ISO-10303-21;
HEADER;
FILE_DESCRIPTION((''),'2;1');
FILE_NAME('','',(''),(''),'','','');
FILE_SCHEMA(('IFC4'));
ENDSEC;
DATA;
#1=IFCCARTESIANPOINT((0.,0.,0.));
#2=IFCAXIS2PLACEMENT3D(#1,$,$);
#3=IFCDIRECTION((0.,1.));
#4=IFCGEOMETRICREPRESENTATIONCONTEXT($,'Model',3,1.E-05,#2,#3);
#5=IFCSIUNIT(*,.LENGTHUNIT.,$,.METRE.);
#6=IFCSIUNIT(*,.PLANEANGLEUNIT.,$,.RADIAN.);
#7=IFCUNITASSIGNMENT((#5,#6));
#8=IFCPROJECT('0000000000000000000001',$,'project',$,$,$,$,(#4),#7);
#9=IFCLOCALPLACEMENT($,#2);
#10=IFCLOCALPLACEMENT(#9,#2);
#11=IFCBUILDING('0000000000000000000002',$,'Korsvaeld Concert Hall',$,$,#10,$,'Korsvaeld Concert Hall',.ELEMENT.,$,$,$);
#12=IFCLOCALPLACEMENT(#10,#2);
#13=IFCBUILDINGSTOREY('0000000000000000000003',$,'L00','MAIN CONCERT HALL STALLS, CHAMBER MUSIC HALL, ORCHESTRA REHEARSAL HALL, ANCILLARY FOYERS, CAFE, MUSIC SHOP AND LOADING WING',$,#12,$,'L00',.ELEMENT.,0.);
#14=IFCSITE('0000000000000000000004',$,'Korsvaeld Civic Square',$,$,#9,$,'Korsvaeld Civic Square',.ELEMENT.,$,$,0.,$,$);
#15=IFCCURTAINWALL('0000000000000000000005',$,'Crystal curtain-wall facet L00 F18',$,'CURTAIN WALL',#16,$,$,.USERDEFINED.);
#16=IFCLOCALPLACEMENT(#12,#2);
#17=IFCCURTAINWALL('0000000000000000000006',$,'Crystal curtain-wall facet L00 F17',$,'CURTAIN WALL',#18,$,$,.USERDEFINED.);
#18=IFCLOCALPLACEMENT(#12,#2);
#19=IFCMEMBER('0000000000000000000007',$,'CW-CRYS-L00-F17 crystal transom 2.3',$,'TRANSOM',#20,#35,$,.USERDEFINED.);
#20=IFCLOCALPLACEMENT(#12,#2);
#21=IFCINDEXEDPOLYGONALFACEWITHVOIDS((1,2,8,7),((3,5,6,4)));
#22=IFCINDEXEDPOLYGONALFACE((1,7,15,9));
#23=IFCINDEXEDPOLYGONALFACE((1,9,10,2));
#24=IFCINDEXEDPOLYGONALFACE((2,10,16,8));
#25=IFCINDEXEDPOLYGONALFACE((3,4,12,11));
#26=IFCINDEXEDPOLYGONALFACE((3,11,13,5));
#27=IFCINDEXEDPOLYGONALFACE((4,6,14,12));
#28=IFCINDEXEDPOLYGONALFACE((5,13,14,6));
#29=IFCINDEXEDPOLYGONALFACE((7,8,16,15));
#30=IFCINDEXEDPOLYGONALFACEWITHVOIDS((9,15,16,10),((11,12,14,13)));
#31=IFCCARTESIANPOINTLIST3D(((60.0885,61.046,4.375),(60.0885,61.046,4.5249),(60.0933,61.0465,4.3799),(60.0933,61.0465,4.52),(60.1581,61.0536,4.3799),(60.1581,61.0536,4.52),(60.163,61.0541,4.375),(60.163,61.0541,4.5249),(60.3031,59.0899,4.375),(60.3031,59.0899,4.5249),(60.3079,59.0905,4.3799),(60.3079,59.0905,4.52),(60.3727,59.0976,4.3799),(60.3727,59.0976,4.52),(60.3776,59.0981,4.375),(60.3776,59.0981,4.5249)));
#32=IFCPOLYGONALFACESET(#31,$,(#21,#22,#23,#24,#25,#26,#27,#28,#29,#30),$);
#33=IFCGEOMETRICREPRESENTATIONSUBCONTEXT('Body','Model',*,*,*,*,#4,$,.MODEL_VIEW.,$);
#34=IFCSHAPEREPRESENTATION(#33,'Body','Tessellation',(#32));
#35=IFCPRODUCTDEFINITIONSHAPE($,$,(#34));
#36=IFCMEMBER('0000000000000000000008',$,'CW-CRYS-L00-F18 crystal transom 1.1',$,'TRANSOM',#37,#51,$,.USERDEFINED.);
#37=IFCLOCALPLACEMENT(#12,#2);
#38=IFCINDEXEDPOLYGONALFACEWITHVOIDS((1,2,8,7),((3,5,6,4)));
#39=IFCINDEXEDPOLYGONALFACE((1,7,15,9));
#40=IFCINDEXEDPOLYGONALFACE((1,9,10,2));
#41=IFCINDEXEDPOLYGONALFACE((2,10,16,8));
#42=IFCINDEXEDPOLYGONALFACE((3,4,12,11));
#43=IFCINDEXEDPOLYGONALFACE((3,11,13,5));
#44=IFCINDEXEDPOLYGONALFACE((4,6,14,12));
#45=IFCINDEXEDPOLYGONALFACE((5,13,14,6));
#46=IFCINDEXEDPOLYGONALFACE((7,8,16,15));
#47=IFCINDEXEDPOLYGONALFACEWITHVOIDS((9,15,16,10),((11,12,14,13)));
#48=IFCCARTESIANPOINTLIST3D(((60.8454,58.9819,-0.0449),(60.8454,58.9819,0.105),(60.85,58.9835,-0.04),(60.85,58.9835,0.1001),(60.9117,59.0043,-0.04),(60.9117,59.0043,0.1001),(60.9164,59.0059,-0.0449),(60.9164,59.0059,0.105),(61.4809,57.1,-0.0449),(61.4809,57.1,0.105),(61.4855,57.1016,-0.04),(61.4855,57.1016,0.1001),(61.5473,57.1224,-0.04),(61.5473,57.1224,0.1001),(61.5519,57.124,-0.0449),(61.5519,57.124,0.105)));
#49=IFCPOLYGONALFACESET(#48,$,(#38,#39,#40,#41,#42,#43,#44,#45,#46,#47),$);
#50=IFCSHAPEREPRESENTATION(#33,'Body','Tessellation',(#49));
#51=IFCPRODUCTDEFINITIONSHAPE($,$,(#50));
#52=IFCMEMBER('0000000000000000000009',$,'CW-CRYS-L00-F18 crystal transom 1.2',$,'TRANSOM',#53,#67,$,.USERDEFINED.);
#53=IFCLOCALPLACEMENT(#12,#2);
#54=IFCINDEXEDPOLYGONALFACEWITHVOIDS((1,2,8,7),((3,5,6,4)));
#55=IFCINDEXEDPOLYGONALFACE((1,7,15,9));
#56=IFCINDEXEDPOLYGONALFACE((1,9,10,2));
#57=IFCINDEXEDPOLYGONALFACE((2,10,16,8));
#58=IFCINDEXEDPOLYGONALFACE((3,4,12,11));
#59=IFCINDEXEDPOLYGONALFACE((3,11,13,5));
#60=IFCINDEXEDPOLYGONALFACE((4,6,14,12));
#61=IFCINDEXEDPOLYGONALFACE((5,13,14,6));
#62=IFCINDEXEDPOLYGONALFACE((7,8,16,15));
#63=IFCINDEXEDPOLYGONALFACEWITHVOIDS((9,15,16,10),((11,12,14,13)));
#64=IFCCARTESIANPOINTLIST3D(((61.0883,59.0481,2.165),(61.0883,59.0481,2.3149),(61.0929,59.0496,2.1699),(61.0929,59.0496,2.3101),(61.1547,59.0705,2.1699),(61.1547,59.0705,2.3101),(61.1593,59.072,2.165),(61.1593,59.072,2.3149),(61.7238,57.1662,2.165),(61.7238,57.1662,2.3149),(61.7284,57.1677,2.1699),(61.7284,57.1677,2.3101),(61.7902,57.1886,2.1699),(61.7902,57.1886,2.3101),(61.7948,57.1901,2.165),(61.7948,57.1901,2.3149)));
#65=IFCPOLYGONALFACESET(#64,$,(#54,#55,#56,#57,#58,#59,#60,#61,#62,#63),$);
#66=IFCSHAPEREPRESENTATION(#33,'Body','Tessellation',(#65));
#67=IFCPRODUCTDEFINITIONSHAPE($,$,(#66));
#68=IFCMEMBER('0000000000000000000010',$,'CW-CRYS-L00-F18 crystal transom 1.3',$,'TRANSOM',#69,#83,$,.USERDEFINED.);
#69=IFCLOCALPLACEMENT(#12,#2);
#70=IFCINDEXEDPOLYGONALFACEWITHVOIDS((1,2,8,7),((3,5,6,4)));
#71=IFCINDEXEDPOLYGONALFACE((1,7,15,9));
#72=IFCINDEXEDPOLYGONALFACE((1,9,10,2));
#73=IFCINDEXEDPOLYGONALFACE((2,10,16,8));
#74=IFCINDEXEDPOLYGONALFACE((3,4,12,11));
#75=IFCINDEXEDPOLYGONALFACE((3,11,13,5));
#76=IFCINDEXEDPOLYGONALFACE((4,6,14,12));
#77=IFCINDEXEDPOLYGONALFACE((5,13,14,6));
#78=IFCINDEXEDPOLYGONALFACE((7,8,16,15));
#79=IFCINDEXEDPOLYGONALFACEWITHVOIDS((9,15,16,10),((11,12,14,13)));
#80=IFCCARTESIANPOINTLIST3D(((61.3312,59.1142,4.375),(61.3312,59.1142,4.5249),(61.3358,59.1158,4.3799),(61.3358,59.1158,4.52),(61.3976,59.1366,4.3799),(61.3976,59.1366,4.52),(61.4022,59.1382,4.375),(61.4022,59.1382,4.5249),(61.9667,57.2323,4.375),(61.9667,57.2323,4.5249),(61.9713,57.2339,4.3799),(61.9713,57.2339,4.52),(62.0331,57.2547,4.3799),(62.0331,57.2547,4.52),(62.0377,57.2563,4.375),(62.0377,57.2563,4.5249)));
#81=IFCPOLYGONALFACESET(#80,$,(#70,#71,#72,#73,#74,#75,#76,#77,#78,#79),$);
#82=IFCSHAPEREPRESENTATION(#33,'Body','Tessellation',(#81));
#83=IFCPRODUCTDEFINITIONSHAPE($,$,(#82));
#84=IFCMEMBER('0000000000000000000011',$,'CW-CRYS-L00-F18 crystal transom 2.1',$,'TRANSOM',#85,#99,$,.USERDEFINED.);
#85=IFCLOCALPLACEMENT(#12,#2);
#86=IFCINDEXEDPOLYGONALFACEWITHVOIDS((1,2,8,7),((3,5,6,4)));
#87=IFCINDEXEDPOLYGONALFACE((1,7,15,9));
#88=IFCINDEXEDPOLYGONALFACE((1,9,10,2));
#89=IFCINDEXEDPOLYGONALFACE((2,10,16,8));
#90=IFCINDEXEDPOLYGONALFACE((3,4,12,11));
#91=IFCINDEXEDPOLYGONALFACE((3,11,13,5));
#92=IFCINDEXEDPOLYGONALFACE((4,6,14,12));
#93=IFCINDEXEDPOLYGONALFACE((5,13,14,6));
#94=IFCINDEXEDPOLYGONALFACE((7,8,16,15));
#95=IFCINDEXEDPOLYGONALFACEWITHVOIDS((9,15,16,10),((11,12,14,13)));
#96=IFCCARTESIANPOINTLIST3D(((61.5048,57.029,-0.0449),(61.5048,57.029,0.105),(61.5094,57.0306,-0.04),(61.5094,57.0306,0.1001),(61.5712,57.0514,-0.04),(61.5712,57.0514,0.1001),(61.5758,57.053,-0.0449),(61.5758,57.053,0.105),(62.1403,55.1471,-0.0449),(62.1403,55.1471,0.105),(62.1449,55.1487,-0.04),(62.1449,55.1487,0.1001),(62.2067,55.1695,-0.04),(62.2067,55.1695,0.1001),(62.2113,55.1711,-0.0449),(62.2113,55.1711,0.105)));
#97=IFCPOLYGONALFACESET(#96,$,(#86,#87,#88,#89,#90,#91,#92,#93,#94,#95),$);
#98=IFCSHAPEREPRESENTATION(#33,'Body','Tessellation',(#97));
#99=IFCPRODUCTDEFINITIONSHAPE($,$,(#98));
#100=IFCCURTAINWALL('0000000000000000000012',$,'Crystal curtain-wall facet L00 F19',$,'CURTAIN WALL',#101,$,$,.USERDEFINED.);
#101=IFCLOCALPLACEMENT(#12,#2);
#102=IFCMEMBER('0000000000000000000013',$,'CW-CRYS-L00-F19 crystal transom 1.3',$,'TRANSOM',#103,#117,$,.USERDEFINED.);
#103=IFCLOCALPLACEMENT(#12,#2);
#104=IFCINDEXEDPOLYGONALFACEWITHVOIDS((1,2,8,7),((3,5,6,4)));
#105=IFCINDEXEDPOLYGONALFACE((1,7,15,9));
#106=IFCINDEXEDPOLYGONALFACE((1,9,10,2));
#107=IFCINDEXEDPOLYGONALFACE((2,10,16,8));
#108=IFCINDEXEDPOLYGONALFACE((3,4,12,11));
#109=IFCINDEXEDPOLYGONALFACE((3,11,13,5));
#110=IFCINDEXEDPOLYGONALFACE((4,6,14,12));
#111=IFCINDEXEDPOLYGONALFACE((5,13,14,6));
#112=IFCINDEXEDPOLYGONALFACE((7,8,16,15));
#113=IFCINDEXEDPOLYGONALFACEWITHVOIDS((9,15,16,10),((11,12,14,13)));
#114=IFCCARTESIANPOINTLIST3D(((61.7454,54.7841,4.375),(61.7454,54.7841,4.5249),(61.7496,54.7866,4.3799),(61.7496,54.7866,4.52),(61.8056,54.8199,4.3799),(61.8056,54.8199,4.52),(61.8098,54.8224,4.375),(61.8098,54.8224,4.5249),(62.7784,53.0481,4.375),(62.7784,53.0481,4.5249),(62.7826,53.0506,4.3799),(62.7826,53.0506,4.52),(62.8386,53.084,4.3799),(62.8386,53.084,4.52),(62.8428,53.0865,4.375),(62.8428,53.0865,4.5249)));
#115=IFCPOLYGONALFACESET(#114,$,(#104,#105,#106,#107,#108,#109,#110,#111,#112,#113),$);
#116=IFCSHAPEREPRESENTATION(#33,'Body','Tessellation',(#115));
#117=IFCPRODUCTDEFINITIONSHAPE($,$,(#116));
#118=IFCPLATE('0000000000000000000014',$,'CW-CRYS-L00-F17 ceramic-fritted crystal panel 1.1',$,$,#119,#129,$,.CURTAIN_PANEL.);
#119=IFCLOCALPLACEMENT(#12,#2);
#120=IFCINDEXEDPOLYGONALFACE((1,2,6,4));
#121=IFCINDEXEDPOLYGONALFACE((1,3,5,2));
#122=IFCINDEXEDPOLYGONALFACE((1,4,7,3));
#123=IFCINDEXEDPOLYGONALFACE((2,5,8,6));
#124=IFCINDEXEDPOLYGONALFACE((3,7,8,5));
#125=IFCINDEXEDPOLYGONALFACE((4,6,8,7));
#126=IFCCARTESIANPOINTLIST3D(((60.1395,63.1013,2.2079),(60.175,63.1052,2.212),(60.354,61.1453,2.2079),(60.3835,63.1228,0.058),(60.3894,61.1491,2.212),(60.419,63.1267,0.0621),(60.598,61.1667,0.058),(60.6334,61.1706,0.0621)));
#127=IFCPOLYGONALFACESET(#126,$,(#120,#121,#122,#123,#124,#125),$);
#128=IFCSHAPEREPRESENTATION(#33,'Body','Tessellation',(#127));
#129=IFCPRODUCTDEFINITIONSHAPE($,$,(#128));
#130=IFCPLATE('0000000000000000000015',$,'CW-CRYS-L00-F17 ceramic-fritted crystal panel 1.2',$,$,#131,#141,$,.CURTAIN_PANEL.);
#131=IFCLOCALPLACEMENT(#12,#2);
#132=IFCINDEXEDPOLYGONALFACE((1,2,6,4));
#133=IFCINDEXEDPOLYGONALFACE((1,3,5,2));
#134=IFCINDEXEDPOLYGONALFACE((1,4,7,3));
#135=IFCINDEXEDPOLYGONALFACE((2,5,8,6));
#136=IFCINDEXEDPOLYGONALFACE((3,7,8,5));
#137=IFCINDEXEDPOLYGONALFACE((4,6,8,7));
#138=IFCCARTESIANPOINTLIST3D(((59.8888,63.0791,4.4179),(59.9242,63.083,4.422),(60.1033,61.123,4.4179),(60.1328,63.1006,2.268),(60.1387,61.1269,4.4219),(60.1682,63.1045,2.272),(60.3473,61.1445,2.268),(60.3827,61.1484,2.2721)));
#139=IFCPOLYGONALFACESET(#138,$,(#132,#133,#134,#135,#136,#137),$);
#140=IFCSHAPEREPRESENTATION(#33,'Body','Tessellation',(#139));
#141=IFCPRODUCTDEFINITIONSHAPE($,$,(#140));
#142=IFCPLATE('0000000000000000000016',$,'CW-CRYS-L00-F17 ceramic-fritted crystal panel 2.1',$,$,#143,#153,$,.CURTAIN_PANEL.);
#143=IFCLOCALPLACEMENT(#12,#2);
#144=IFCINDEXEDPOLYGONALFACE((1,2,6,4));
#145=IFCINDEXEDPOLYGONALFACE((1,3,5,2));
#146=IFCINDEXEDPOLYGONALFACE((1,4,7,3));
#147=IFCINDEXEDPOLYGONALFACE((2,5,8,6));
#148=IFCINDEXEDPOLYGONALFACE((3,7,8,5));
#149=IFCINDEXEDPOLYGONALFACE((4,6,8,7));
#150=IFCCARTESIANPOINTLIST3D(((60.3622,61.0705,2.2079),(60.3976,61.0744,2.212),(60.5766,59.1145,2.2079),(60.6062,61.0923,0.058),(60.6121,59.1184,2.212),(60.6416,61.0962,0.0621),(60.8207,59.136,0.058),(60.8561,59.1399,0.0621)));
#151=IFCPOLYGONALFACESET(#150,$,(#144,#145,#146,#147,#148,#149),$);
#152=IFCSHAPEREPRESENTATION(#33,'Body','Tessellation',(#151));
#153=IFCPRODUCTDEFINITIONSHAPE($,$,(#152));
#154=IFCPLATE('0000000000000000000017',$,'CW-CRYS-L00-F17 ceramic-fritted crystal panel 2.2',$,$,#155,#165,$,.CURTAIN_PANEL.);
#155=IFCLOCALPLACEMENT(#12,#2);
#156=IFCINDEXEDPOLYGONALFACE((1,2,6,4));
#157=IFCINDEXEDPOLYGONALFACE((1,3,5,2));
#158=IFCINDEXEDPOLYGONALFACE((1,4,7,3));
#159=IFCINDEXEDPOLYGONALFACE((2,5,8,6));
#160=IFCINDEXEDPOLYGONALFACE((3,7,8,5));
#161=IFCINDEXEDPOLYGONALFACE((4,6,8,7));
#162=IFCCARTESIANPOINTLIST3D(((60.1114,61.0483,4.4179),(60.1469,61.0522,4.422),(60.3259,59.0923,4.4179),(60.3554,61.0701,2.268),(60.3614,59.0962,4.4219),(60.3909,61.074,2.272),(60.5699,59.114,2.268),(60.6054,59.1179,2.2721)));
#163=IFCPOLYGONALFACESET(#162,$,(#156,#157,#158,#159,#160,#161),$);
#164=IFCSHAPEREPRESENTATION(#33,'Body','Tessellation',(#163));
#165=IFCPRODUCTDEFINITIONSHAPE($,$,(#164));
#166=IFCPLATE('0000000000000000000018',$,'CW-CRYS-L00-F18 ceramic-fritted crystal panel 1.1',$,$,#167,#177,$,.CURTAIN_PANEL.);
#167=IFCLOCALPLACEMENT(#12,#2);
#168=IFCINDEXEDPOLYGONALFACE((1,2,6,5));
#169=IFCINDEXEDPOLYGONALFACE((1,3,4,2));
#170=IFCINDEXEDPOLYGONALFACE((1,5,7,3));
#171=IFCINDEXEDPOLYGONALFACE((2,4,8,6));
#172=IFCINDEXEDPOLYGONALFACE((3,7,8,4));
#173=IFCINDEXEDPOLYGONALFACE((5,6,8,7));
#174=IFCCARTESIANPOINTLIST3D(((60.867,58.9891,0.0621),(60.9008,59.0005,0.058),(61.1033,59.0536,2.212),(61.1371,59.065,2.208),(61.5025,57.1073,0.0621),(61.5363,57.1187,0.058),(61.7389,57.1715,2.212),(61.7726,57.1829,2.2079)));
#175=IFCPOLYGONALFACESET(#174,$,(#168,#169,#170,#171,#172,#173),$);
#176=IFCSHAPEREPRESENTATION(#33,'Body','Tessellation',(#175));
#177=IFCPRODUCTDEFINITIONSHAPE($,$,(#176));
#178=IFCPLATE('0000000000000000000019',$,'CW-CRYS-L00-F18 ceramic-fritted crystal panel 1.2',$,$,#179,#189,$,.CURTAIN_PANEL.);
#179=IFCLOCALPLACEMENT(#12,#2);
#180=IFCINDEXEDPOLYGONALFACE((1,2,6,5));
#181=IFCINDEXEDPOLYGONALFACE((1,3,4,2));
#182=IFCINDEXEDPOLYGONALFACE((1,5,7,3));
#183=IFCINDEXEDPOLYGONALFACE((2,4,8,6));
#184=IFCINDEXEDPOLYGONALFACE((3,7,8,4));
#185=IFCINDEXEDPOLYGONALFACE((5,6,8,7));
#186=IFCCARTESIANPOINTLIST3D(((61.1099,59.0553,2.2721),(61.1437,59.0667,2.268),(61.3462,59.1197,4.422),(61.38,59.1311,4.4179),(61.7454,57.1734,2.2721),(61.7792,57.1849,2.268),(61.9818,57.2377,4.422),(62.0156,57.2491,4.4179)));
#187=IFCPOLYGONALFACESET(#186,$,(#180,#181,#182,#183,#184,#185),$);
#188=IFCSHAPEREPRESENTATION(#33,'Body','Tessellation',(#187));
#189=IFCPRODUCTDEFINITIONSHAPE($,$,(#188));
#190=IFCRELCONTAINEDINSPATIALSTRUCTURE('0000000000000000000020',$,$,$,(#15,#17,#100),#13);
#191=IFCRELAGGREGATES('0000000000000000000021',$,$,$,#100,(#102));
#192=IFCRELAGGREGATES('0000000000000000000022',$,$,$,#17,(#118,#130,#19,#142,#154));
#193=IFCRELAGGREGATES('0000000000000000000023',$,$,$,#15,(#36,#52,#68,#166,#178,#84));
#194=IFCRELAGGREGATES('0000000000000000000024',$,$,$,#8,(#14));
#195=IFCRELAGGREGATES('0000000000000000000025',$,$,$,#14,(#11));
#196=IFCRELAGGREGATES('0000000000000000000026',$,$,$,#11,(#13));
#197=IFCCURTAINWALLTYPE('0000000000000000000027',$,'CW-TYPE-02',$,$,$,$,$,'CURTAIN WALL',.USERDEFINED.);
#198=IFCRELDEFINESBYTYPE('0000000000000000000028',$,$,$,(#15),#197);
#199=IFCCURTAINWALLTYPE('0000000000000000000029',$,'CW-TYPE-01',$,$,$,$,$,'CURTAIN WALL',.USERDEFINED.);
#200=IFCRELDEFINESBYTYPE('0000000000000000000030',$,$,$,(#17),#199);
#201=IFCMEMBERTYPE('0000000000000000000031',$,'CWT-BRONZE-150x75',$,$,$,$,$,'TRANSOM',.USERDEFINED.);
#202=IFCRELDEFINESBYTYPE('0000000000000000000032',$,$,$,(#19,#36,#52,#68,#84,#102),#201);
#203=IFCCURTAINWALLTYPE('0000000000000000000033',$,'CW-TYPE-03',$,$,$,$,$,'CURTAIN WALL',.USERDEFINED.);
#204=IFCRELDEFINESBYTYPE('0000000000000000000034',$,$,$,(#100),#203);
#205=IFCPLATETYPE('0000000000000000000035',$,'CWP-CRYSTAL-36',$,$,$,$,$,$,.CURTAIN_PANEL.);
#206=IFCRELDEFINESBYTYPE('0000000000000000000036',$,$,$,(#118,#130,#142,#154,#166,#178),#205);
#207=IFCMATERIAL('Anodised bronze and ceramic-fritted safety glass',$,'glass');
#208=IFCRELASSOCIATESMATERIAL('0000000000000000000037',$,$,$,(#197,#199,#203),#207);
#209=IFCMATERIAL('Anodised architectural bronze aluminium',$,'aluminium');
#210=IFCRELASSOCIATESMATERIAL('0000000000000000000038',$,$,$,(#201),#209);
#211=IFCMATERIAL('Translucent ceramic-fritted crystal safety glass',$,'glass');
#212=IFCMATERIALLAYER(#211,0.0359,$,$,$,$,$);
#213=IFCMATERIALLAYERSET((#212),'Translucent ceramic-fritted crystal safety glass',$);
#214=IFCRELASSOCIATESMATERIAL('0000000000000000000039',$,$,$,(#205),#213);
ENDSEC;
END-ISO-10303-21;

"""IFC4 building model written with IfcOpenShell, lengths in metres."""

from ifc_helpers import new_model, si_unit, direction, frame, origin, origin_2d, place, context, subcontext, project, spatial, polyline, hollow_rectangle, outline, extrude, material, layer, layer_set, material_profile, profile_set, type_object, element, aggregate, save


model = new_model("IFC4")

# Units and contexts
model_context = context("Model", 3, precision=1e-05, world=origin(), true_north=direction((0.0, 1.0)))
body_context = subcontext(model_context, "Body", "Model", "MODEL_VIEW")
ifc_project = project(units=[si_unit("LENGTHUNIT", "METRE"), si_unit("PLANEANGLEUNIT", "RADIAN")], contexts=[model_context])

# Site, building, storey
site_placement = place(None, origin())
site = spatial("IfcSite", under=ifc_project, at=site_placement, Name="Korsvaeld Civic Square", LongName="Korsvaeld Civic Square", CompositionType="ELEMENT", RefElevation=0.0)
building_placement = place(site_placement, origin())
building = spatial("IfcBuilding", under=site, at=building_placement, Name="Korsvaeld Concert Hall", LongName="Korsvaeld Concert Hall", CompositionType="ELEMENT")
storey_placement = place(building_placement, origin())
storey = spatial("IfcBuildingStorey", under=building, at=storey_placement, Name="L00", Description="MAIN CONCERT HALL STALLS, CHAMBER MUSIC HALL, ORCHESTRA REHEARSAL HALL, ANCILLARY FOYERS, CAFE, MUSIC SHOP AND LOADING WING", LongName="L00", CompositionType="ELEMENT", Elevation=0.0)

# Curtain walls, member
ifc_material_1 = material(Name="Anodised bronze and ceramic-fritted safety glass", Category="glass")
curtain_wall_type_1 = type_object("IfcCurtainWallType", Name="CW-TYPE-02", ElementType="CURTAIN WALL", PredefinedType="USERDEFINED", material=ifc_material_1)
curtain_wall_1_placement = place(storey_placement, origin())
curtain_wall_1 = element("IfcCurtainWall", 1, at=curtain_wall_1_placement, inside=storey, type_object=curtain_wall_type_1, Name="Crystal curtain-wall facet L00 F18", ObjectType="CURTAIN WALL", PredefinedType="USERDEFINED")
ifc_material_2 = material(Name="Anodised architectural bronze aluminium", Category="aluminium")
curtain_wall_type_2 = type_object("IfcCurtainWallType", Name="CW-TYPE-01", ElementType="CURTAIN WALL", PredefinedType="USERDEFINED", material=ifc_material_1)
curtain_wall_2_placement = place(storey_placement, origin())
curtain_wall_2 = element("IfcCurtainWall", 2, at=curtain_wall_2_placement, inside=storey, type_object=curtain_wall_type_2, Name="Crystal curtain-wall facet L00 F17", ObjectType="CURTAIN WALL", PredefinedType="USERDEFINED")
ifc_material_profile_1 = material_profile(ifc_material_2, hollow_rectangle(XDim=0.075, YDim=0.1499, WallThickness=0.0049, at=origin_2d()), Name="CWT 150x75x5")
ifc_profile_set_1 = profile_set([ifc_material_profile_1], Name="Anodised architectural bronze aluminium")
member_type_1 = type_object("IfcMemberType", Name="CWT-BRONZE-150x75", ElementType="TRANSOM", PredefinedType="USERDEFINED", material=ifc_profile_set_1)
member_1_placement = place(storey_placement, frame((60.1257, 61.05, 4.45), z_axis=(0.109056, -0.994036, 0.0), x_axis=(0.994036, 0.109056, 0.0)))
member_1 = element("IfcMember", 3, at=member_1_placement, type_object=member_type_1, Name="CW-CRYS-L00-F17 crystal transom 2.3", ObjectType="TRANSOM", PredefinedType="USERDEFINED", context=body_context, shape_type="SweptSolid", body=[
    extrude(hollow_rectangle(XDim=0.075, YDim=0.1499, WallThickness=0.0049, at=origin_2d()), origin(), (0.0, 0.0, 1.0), 1.9678),
])

# Members
member_2_placement = place(storey_placement, frame((60.8809, 58.9939, 0.03), z_axis=(0.31995, -0.947435, 0.0), x_axis=(0.947435, 0.31995, 0.0)))
member_2 = element("IfcMember", 4, at=member_2_placement, type_object=member_type_1, Name="CW-CRYS-L00-F18 crystal transom 1.1", ObjectType="TRANSOM", PredefinedType="USERDEFINED", context=body_context, shape_type="SweptSolid", body=[
    extrude(hollow_rectangle(XDim=0.075, YDim=0.1499, WallThickness=0.0049, at=origin_2d()), origin(), (0.0, 0.0, 1.0), 1.9863),
])
member_3_placement = place(storey_placement, frame((61.1238, 59.0601, 2.24), z_axis=(0.31995, -0.947435, 0.0), x_axis=(0.947435, 0.31995, 0.0)))
member_3 = element("IfcMember", 5, at=member_3_placement, type_object=member_type_1, Name="CW-CRYS-L00-F18 crystal transom 1.2", ObjectType="TRANSOM", PredefinedType="USERDEFINED", context=body_context, shape_type="SweptSolid", body=[
    extrude(hollow_rectangle(XDim=0.075, YDim=0.1499, WallThickness=0.0049, at=origin_2d()), origin(), (0.0, 0.0, 1.0), 1.9863),
])
member_4_placement = place(storey_placement, frame((61.3667, 59.1262, 4.45), z_axis=(0.31995, -0.947435, 0.0), x_axis=(0.947435, 0.31995, 0.0)))
member_4 = element("IfcMember", 6, at=member_4_placement, type_object=member_type_1, Name="CW-CRYS-L00-F18 crystal transom 1.3", ObjectType="TRANSOM", PredefinedType="USERDEFINED", context=body_context, shape_type="SweptSolid", body=[
    extrude(hollow_rectangle(XDim=0.075, YDim=0.1499, WallThickness=0.0049, at=origin_2d()), origin(), (0.0, 0.0, 1.0), 1.9863),
])
member_5_placement = place(storey_placement, frame((61.5403, 57.041, 0.03), z_axis=(0.31995, -0.947435, 0.0), x_axis=(0.947435, 0.31995, 0.0)))
member_5 = element("IfcMember", 7, at=member_5_placement, type_object=member_type_1, Name="CW-CRYS-L00-F18 crystal transom 2.1", ObjectType="TRANSOM", PredefinedType="USERDEFINED", context=body_context, shape_type="SweptSolid", body=[
    extrude(hollow_rectangle(XDim=0.075, YDim=0.1499, WallThickness=0.0049, at=origin_2d()), origin(), (0.0, 0.0, 1.0), 1.9863),
])

# Curtain wall, member
curtain_wall_type_3 = type_object("IfcCurtainWallType", Name="CW-TYPE-03", ElementType="CURTAIN WALL", PredefinedType="USERDEFINED", material=ifc_material_1)
curtain_wall_3_placement = place(storey_placement, origin())
curtain_wall_3 = element("IfcCurtainWall", 8, at=curtain_wall_3_placement, inside=storey, type_object=curtain_wall_type_3, Name="Crystal curtain-wall facet L00 F19", ObjectType="CURTAIN WALL", PredefinedType="USERDEFINED")
member_6_placement = place(storey_placement, frame((61.7776, 54.8032, 4.45), z_axis=(0.511382, -0.859354, 0.0), x_axis=(0.859354, 0.511382, 0.0)))
member_6 = element("IfcMember", 9, at=member_6_placement, type_object=member_type_1, Name="CW-CRYS-L00-F19 crystal transom 1.3", ObjectType="TRANSOM", PredefinedType="USERDEFINED", context=body_context, shape_type="SweptSolid", body=[
    extrude(hollow_rectangle(XDim=0.075, YDim=0.1499, WallThickness=0.0049, at=origin_2d()), origin(), (0.0, 0.0, 1.0), 2.02),
])
aggregate(curtain_wall_3, [member_6])

# Plates
ifc_material_3 = material(Name="Translucent ceramic-fritted crystal safety glass", Category="glass")
ifc_layer_1 = layer(ifc_material_3, 0.0359)
ifc_layer_set_1 = layer_set([ifc_layer_1], Name="Translucent ceramic-fritted crystal safety glass")
plate_type = type_object("IfcPlateType", Name="CWP-CRYSTAL-36", PredefinedType="CURTAIN_PANEL", material=ifc_layer_set_1)
plate_1_placement = place(storey_placement, frame((60.4014, 63.1248, 0.0601), z_axis=(-0.987655, -0.108294, -0.113183), x_axis=(0.108996, -0.994042, -0.000007)))
plate_1 = element("IfcPlate", 10, at=plate_1_placement, type_object=plate_type, Name="CW-CRYS-L00-F17 ceramic-fritted crystal panel 1.1", PredefinedType="CURTAIN_PANEL", context=body_context, shape_type="SweptSolid", body=[
    extrude(outline(polyline([(0.0, 0.0), (1.9678, 0.0), (1.9625, 2.1638), (-0.0052, 2.1638), (0.0, 0.0)])), frame((0.0, 0.0, 0.0181)), (0.0, 0.0, -1.0), 0.0359),
])
plate_2_placement = place(storey_placement, frame((60.1506, 63.1025, 2.27), z_axis=(-0.987655, -0.108294, -0.113183), x_axis=(0.108994, -0.994042, 0.000007)))
plate_2 = element("IfcPlate", 11, at=plate_2_placement, type_object=plate_type, Name="CW-CRYS-L00-F17 ceramic-fritted crystal panel 1.2", PredefinedType="CURTAIN_PANEL", context=body_context, shape_type="SweptSolid", body=[
    extrude(outline(polyline([(0.0, 0.0), (1.9678, 0.0), (1.9626, 2.1638), (-0.0052, 2.1638), (0.0, 0.0)])), frame((0.0, 0.0, 0.0181)), (0.0, 0.0, -1.0), 0.0359),
])
plate_3_placement = place(storey_placement, frame((60.624, 61.0942, 0.0601), z_axis=(-0.987655, -0.108288, -0.113189), x_axis=(0.108989, -0.994043, -0.000006)))
plate_3 = element("IfcPlate", 12, at=plate_3_placement, type_object=plate_type, Name="CW-CRYS-L00-F17 ceramic-fritted crystal panel 2.1", PredefinedType="CURTAIN_PANEL", context=body_context, shape_type="SweptSolid", body=[
    extrude(outline(polyline([(0.0, 0.0), (1.968, 0.0), (1.9628, 2.1638), (-0.005, 2.1638), (0.0, 0.0)])), frame((0.0, 0.0, 0.0181)), (0.0, 0.0, -1.0), 0.0359),
])
plate_4_placement = place(storey_placement, frame((60.3733, 61.072, 2.27), z_axis=(-0.987653, -0.108294, -0.113195), x_axis=(0.108994, -0.994042, 0.000007)))
plate_4 = element("IfcPlate", 13, at=plate_4_placement, type_object=plate_type, Name="CW-CRYS-L00-F17 ceramic-fritted crystal panel 2.2", PredefinedType="CURTAIN_PANEL", context=body_context, shape_type="SweptSolid", body=[
    extrude(outline(polyline([(0.0, 0.0), (1.9678, 0.0), (1.9628, 2.1638), (-0.005, 2.1638), (0.0, 0.0)])), frame((0.0, 0.0, 0.0181)), (0.0, 0.0, -1.0), 0.0359),
])
aggregate(curtain_wall_2, [plate_1, plate_2, member_1, plate_3, plate_4])
plate_5_placement = place(storey_placement, frame((60.884, 58.9949, 0.0601), z_axis=(-0.941373, -0.317882, 0.112992), x_axis=(0.319931, -0.947441, 0.000002)))
plate_5 = element("IfcPlate", 14, at=plate_5_placement, type_object=plate_type, Name="CW-CRYS-L00-F18 ceramic-fritted crystal panel 1.1", PredefinedType="CURTAIN_PANEL", context=body_context, shape_type="SweptSolid", body=[
    extrude(outline(polyline([(0.0, 0.0), (1.9862, 0.0), (2.001, 2.1638), (0.0145, 2.1638), (0.0, 0.0)])), frame((0.0, 0.0, 0.0181)), (0.0, 0.0, -1.0), 0.0359),
])
plate_6_placement = place(storey_placement, frame((61.127, 59.061, 2.27), z_axis=(-0.941373, -0.317882, 0.112992), x_axis=(0.319931, -0.947441, 0.000002)))
plate_6 = element("IfcPlate", 15, at=plate_6_placement, type_object=plate_type, Name="CW-CRYS-L00-F18 ceramic-fritted crystal panel 1.2", PredefinedType="CURTAIN_PANEL", context=body_context, shape_type="SweptSolid", body=[
    extrude(outline(polyline([(0.0, 0.0), (1.9862, 0.0), (2.001, 2.1638), (0.0145, 2.1638), (0.0, 0.0)])), frame((0.0, 0.0, 0.0181)), (0.0, 0.0, -1.0), 0.0359),
])
aggregate(curtain_wall_1, [member_2, member_3, member_4, plate_5, plate_6, member_5])

save(model, "model.ifc")
